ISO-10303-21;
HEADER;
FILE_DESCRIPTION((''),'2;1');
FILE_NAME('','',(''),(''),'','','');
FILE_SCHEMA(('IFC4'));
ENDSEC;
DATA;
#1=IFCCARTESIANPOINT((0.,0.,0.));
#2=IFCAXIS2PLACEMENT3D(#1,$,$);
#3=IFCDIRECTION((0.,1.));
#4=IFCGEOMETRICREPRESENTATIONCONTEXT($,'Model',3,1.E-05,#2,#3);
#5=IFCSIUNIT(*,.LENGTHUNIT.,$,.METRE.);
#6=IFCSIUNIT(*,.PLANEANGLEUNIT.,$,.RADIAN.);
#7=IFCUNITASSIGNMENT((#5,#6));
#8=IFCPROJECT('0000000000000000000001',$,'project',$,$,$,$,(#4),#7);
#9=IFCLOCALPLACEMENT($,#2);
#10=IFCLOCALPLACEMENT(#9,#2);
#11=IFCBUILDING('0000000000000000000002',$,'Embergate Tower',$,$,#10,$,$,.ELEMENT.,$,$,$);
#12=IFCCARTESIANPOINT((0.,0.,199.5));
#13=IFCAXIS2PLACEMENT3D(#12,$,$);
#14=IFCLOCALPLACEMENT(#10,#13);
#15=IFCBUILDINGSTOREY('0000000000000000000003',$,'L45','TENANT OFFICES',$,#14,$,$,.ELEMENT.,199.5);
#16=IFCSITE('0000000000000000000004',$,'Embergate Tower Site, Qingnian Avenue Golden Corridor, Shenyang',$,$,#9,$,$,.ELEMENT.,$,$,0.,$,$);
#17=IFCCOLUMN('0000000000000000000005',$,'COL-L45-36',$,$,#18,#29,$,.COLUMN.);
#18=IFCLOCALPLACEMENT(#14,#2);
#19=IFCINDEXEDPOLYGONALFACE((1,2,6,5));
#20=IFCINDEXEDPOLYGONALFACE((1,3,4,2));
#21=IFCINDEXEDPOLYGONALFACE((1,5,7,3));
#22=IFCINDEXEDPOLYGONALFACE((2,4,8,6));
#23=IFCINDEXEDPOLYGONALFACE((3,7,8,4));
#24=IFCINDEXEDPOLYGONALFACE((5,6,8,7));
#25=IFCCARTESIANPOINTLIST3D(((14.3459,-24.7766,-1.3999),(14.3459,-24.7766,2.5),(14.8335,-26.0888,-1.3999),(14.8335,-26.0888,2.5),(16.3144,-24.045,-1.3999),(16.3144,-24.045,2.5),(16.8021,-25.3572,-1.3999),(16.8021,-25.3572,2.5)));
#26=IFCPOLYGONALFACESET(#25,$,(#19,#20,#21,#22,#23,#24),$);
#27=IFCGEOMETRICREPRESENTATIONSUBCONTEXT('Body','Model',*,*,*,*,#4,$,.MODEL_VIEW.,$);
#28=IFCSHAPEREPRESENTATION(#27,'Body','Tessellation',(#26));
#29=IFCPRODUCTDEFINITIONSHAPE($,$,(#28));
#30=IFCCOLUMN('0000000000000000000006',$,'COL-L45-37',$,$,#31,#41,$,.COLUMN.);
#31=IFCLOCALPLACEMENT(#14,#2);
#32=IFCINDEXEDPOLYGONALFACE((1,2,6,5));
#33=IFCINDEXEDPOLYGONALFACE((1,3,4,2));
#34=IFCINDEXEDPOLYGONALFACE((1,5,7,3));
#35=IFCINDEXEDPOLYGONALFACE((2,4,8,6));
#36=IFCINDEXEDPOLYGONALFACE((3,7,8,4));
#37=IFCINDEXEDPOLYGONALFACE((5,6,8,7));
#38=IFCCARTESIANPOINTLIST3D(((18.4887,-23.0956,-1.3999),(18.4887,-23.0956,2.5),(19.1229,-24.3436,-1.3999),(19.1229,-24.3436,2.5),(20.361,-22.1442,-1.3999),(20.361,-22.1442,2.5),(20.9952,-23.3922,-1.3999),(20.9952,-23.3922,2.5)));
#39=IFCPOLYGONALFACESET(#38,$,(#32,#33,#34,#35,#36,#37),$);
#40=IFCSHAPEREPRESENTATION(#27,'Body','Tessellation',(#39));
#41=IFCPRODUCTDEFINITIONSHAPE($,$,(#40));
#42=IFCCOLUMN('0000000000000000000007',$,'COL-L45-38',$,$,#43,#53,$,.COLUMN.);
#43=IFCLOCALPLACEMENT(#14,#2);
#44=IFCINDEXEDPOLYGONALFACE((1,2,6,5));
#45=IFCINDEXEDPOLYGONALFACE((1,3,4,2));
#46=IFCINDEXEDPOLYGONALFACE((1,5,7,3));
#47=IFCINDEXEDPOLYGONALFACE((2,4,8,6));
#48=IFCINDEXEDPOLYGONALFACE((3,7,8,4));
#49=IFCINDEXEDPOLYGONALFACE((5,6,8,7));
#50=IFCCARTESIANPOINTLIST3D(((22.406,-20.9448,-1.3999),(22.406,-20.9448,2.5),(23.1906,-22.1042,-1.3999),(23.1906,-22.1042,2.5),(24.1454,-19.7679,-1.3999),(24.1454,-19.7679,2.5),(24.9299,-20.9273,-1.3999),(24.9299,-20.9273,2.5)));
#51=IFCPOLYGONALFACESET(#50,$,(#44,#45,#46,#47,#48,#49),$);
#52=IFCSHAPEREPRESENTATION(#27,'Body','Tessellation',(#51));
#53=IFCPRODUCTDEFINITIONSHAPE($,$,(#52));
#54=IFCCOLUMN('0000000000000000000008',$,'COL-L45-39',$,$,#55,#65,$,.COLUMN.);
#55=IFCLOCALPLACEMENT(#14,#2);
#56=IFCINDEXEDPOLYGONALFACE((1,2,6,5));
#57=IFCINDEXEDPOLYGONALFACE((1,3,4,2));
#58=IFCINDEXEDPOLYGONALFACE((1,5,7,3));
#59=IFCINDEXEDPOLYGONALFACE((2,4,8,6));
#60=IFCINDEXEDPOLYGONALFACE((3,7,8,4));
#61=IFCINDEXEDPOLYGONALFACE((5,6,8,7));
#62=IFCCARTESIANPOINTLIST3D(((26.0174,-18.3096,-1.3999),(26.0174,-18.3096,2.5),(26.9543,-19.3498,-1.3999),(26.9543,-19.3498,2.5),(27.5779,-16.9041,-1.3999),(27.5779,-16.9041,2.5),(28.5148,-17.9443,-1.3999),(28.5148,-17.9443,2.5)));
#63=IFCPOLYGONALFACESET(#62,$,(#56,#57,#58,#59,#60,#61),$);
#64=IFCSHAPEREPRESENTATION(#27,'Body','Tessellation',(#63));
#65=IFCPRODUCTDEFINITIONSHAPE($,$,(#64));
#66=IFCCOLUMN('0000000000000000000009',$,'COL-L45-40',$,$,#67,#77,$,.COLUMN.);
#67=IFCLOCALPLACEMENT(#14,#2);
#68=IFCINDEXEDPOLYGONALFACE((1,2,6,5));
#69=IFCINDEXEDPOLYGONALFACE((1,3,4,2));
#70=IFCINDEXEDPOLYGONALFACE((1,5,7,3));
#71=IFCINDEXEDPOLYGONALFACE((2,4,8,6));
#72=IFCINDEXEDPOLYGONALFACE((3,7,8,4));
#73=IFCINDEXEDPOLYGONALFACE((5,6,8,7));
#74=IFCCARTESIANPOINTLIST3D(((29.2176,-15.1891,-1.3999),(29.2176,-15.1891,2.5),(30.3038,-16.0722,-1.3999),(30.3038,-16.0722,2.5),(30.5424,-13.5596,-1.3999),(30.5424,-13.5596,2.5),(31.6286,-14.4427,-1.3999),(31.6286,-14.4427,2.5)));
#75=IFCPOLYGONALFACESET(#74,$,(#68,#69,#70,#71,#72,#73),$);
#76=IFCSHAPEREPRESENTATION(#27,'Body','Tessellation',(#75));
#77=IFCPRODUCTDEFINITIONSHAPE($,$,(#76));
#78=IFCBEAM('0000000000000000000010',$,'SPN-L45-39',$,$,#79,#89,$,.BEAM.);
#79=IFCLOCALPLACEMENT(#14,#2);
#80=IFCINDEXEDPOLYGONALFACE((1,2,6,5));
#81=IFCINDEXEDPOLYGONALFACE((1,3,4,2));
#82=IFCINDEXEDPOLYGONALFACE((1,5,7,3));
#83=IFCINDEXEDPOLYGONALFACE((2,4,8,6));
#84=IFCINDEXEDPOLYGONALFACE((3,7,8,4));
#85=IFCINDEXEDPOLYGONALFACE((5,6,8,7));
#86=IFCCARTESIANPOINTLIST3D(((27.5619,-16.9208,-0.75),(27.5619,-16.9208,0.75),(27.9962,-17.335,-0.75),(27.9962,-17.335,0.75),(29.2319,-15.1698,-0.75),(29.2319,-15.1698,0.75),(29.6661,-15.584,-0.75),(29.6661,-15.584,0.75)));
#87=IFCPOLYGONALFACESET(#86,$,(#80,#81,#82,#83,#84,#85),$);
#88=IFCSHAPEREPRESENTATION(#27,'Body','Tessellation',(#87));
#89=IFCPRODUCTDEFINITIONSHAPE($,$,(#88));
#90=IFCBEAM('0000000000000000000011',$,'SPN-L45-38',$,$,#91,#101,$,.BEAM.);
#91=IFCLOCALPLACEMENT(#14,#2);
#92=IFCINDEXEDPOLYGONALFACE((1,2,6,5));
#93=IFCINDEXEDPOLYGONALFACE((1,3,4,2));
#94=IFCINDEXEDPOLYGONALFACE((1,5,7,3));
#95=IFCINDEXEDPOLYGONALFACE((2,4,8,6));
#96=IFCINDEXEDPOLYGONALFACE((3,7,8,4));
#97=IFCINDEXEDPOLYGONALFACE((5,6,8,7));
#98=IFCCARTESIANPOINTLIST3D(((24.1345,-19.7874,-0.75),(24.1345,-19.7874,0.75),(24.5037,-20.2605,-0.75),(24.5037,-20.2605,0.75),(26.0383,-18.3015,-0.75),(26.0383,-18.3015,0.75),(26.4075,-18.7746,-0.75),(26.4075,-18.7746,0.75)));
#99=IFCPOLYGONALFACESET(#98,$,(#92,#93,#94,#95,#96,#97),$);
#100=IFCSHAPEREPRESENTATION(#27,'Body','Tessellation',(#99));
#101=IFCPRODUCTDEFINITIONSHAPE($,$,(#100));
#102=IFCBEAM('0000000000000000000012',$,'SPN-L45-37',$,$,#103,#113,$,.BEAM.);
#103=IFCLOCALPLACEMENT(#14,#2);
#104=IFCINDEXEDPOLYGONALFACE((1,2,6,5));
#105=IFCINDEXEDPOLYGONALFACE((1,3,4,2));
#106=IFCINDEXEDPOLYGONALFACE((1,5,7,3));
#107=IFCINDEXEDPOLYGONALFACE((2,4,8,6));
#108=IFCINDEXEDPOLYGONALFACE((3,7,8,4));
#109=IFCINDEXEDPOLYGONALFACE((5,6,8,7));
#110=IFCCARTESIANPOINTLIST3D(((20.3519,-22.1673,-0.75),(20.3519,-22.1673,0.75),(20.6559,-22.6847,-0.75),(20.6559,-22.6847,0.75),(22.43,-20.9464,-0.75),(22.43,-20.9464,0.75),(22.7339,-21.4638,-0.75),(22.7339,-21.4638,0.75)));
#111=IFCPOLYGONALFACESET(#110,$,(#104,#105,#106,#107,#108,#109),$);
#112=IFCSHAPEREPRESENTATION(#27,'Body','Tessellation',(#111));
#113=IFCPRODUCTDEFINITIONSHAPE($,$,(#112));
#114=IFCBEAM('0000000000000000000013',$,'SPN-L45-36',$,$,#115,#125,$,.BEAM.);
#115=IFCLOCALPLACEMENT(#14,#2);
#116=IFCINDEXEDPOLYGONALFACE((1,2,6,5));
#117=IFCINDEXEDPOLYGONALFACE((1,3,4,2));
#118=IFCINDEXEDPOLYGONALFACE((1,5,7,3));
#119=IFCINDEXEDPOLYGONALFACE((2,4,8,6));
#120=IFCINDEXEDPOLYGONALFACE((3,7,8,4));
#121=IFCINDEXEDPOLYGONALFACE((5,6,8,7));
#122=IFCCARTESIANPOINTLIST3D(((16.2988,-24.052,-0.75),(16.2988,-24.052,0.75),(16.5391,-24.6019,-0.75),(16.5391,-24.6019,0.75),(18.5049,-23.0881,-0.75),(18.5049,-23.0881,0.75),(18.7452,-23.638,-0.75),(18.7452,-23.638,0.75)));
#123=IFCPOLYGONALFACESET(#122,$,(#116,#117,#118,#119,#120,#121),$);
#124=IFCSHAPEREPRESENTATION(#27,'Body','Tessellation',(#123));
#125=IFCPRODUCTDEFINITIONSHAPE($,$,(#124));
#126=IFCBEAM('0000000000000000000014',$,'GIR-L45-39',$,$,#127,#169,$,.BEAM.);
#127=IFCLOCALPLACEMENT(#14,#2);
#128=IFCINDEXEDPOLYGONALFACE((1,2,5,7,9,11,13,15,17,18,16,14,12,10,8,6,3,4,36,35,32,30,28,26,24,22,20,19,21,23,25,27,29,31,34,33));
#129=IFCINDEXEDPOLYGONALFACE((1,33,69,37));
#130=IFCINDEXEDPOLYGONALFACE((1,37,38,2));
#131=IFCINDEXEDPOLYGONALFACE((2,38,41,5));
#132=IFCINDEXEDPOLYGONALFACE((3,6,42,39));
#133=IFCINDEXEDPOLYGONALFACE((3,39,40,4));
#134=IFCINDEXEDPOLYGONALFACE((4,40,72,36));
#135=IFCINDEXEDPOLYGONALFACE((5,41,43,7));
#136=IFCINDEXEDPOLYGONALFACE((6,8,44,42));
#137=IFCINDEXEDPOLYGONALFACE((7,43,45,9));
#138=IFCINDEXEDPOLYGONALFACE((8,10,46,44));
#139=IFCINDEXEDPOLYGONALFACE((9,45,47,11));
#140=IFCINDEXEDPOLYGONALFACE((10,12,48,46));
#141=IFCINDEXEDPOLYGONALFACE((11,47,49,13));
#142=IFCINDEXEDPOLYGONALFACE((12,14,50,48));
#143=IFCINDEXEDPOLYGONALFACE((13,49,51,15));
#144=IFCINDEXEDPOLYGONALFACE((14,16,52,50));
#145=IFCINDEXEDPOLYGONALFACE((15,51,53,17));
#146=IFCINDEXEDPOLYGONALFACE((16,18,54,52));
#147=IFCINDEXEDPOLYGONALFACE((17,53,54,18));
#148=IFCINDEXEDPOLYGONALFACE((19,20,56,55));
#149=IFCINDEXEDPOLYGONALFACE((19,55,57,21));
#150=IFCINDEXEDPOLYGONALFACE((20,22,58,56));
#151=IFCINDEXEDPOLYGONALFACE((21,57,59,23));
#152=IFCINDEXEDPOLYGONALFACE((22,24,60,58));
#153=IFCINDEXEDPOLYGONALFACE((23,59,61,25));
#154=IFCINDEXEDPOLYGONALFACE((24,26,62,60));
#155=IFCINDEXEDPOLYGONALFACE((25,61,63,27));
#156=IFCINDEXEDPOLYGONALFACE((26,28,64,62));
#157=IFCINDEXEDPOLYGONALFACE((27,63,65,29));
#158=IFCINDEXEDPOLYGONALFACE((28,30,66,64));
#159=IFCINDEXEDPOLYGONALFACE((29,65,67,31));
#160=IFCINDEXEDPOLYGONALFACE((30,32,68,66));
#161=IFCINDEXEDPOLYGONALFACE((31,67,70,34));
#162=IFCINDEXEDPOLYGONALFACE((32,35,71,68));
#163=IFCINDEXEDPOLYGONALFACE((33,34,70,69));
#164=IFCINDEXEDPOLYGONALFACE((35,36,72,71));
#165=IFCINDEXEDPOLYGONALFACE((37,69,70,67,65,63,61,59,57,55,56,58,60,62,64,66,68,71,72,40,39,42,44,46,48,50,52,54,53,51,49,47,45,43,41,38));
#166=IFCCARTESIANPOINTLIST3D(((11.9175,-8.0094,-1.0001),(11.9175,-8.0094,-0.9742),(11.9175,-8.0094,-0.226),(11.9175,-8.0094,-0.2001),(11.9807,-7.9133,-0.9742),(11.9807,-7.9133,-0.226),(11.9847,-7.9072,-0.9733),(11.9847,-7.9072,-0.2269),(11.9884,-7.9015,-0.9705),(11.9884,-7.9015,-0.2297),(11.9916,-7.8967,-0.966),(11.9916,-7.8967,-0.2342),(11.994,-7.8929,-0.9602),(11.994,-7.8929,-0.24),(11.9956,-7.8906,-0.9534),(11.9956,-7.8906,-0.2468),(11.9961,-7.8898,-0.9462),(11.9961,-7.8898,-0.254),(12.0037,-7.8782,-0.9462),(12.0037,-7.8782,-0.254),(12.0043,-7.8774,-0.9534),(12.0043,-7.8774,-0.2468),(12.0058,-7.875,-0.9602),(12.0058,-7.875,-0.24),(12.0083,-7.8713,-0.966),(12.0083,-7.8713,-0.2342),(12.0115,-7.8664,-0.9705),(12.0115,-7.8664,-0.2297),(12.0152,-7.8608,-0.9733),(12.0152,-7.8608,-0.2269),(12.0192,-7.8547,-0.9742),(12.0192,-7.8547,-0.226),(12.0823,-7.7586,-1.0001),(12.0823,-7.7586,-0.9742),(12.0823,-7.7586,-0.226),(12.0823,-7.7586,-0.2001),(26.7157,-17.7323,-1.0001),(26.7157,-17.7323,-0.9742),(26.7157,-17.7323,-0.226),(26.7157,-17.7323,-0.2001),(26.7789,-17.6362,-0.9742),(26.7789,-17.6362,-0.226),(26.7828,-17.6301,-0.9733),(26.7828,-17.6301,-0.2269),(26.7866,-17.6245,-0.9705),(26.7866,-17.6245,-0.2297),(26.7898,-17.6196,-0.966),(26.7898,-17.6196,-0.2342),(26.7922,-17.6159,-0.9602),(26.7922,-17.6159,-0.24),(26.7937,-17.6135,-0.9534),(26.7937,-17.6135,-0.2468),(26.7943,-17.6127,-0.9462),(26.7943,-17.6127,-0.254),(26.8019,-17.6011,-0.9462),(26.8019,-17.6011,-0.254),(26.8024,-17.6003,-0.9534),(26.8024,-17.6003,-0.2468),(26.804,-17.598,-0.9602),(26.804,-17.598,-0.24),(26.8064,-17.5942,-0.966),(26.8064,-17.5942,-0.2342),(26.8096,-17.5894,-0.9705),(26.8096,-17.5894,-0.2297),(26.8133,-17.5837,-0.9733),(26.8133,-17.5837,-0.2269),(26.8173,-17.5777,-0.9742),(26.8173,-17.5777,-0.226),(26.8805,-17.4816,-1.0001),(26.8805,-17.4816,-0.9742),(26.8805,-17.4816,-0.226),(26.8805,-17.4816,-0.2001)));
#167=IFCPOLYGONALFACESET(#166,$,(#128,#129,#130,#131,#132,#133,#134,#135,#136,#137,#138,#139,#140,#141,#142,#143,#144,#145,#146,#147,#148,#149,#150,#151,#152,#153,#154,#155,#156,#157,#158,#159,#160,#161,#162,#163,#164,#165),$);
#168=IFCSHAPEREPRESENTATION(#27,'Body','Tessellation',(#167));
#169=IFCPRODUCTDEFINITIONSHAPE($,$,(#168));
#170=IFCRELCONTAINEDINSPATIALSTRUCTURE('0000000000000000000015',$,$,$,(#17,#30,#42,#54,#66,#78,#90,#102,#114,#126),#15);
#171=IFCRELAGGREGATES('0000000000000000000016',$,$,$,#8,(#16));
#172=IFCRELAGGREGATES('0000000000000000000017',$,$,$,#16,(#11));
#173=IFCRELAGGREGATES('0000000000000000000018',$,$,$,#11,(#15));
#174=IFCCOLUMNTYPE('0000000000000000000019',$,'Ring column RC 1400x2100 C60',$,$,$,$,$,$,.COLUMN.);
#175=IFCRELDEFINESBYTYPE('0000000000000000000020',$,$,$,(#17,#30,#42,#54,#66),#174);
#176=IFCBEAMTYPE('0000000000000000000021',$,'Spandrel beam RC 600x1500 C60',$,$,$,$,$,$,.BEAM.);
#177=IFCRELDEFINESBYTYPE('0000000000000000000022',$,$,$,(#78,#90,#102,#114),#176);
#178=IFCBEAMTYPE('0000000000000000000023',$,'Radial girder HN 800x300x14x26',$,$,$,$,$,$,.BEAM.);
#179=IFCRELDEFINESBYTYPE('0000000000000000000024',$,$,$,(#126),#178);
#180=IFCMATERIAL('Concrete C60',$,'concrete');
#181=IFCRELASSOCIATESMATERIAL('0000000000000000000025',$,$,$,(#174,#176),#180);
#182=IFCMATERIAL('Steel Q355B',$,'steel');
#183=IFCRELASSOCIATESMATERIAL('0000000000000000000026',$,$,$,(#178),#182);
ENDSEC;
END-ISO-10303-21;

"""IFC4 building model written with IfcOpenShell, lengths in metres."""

from ifc_helpers import new_model, si_unit, direction, frame, origin, origin_2d, place, context, subcontext, project, spatial, rectangle, i_section, extrude, source, transform, mapped, material, material_profile, profile_set, type_object, element, save


model = new_model("IFC4")

# Units and contexts
model_context = context("Model", 3, precision=1e-05, world=origin(), true_north=direction((0.0, 1.0)))
body_context = subcontext(model_context, "Body", "Model", "MODEL_VIEW")
ifc_project = project(units=[si_unit("LENGTHUNIT", "METRE"), si_unit("PLANEANGLEUNIT", "RADIAN")], contexts=[model_context])

# Site, building, storey
site_placement = place(None, origin())
site = spatial("IfcSite", under=ifc_project, at=site_placement, Name="Embergate Tower Site, Qingnian Avenue Golden Corridor, Shenyang", CompositionType="ELEMENT", RefElevation=0.0)
building_placement = place(site_placement, origin())
building = spatial("IfcBuilding", under=site, at=building_placement, Name="Embergate Tower", CompositionType="ELEMENT")
storey_placement = place(building_placement, frame((0.0, 0.0, 199.5)))
storey = spatial("IfcBuildingStorey", under=building, at=storey_placement, Name="L45", Description="TENANT OFFICES", CompositionType="ELEMENT", Elevation=199.5)

# Columns
ifc_material_1 = material(Name="Concrete C60", Category="concrete")
ifc_material_profile_1 = material_profile(ifc_material_1, rectangle(XDim=1.3999, YDim=2.1001, at=origin_2d()), Name="RC 1400x2100")
ifc_profile_set_1 = profile_set([ifc_material_profile_1], Name="Concrete C60")
column_type = type_object("IfcColumnType", Name="Ring column RC 1400x2100 C60", PredefinedType="COLUMN", material=ifc_profile_set_1)
shared_shape_1 = source(origin(), body_context, "Body", "SweptSolid", [
    extrude(rectangle(XDim=1.3999, YDim=2.1001, at=origin_2d()), origin(), (0.0, 0.0, 1.0), 3.8999),
])
for number, where, z_axis, x_axis, name in (
    (1, (15.574, -25.0669, -1.3999), (0.0, 0.0, 1.0), (0.348359, -0.937361, 0.0), "COL-L45-36"),
    (2, (19.7419, -23.2439, -1.3999), (0.0, 0.0, 1.0), (0.453011, -0.891505, 0.0), "COL-L45-37"),
    (3, (23.668, -20.936, -1.3999), (0.0, 0.0, 1.0), (0.560408, -0.828217, 0.0), "COL-L45-38"),
    (4, (27.2661, -18.127, -1.3999), (0.0, 0.0, 1.0), (0.669221, -0.743063, 0.0), "COL-L45-39"),
    (5, (30.4231, -14.8159, -1.3999), (0.0, 0.0, 1.0), (0.775925, -0.630825, 0.0), "COL-L45-40"),
):
    element("IfcColumn", number, at=place(storey_placement, frame(where, z_axis=z_axis, x_axis=x_axis)), inside=storey, type_object=column_type, Name=name, PredefinedType="COLUMN", context=body_context, shape_type="MappedRepresentation", body=[
        mapped(shared_shape_1, transform((0.0, 0.0, 0.0))),
    ])

# Beams
ifc_material_profile_2 = material_profile(ifc_material_1, rectangle(XDim=0.6001, YDim=1.5, at=origin_2d()), Name="RC 600x1500")
ifc_profile_set_2 = profile_set([ifc_material_profile_2], Name="Concrete C60")
beam_type_1 = type_object("IfcBeamType", Name="Spandrel beam RC 600x1500 C60", PredefinedType="BEAM", material=ifc_profile_set_2)
shared_shape_2 = source(origin(), body_context, "Body", "SweptSolid", [
    extrude(rectangle(XDim=0.6001, YDim=1.5, at=origin_2d()), origin(), (0.0, 0.0, 1.0), 2.4197),
])
beam_1_placement = place(storey_placement, frame((27.7791, -17.1279, 0.0), z_axis=(0.690159, 0.723658, 0.0), x_axis=(-0.723658, 0.690159, 0.0)))
element("IfcBeam", 6, at=beam_1_placement, inside=storey, type_object=beam_type_1, Name="SPN-L45-39", PredefinedType="BEAM", context=body_context, shape_type="MappedRepresentation", body=[
    mapped(shared_shape_2, transform((0.0, 0.0, 0.0))),
])
shared_shape_3 = source(origin(), body_context, "Body", "SweptSolid", [
    extrude(rectangle(XDim=0.6001, YDim=1.5, at=origin_2d()), origin(), (0.0, 0.0, 1.0), 2.415),
])
beam_2_placement = place(storey_placement, frame((24.3191, -20.0239, 0.0), z_axis=(0.788328, 0.615256, 0.0), x_axis=(-0.615256, 0.788328, 0.0)))
element("IfcBeam", 7, at=beam_2_placement, inside=storey, type_object=beam_type_1, Name="SPN-L45-38", PredefinedType="BEAM", context=body_context, shape_type="MappedRepresentation", body=[
    mapped(shared_shape_3, transform((0.0, 0.0, 0.0))),
])
shared_shape_4 = source(origin(), body_context, "Body", "SweptSolid", [
    extrude(rectangle(XDim=0.6001, YDim=1.5, at=origin_2d()), origin(), (0.0, 0.0, 1.0), 2.4102),
])
beam_3_placement = place(storey_placement, frame((20.5039, -22.426, 0.0), z_axis=(0.862202, 0.506564, 0.0), x_axis=(-0.506564, 0.862202, 0.0)))
element("IfcBeam", 8, at=beam_3_placement, inside=storey, type_object=beam_type_1, Name="SPN-L45-37", PredefinedType="BEAM", context=body_context, shape_type="MappedRepresentation", body=[
    mapped(shared_shape_4, transform((0.0, 0.0, 0.0))),
])
shared_shape_5 = source(origin(), body_context, "Body", "SweptSolid", [
    extrude(rectangle(XDim=0.6001, YDim=1.5, at=origin_2d()), origin(), (0.0, 0.0, 1.0), 2.4075),
])
beam_4_placement = place(storey_placement, frame((16.4189, -24.3269, 0.0), z_axis=(0.916353, 0.400372, 0.0), x_axis=(-0.400372, 0.916353, 0.0)))
element("IfcBeam", 9, at=beam_4_placement, inside=storey, type_object=beam_type_1, Name="SPN-L45-36", PredefinedType="BEAM", context=body_context, shape_type="MappedRepresentation", body=[
    mapped(shared_shape_5, transform((0.0, 0.0, 0.0))),
])
ifc_material_2 = material(Name="Steel Q355B", Category="steel")
ifc_material_profile_3 = material_profile(ifc_material_2, i_section(OverallWidth=0.3, OverallDepth=0.8, WebThickness=0.0139, FlangeThickness=0.0259, FilletRadius=0.0281, at=origin_2d()), Name="HN 800x300x14x26")
ifc_profile_set_3 = profile_set([ifc_material_profile_3], Name="Steel Q355 grade B")
beam_type_2 = type_object("IfcBeamType", Name="Radial girder HN 800x300x14x26", PredefinedType="BEAM", material=ifc_profile_set_3)
shared_shape_6 = source(origin(), body_context, "Body", "SweptSolid", [
    extrude(i_section(OverallWidth=0.3, OverallDepth=0.8, WebThickness=0.0139, FlangeThickness=0.0259, FilletRadius=0.0281, at=origin_2d()), origin(), (0.0, 0.0, 1.0), 17.7065),
])
beam_5_placement = place(storey_placement, frame((26.7981, -17.6069, -0.6001), z_axis=(-0.835746, 0.549116, 0.0), x_axis=(-0.549116, -0.835746, 0.0)))
element("IfcBeam", 10, at=beam_5_placement, inside=storey, type_object=beam_type_2, Name="GIR-L45-39", PredefinedType="BEAM", context=body_context, shape_type="MappedRepresentation", body=[
    mapped(shared_shape_6, transform((0.0, 0.0, 0.0))),
])

save(model, "model.ifc")
